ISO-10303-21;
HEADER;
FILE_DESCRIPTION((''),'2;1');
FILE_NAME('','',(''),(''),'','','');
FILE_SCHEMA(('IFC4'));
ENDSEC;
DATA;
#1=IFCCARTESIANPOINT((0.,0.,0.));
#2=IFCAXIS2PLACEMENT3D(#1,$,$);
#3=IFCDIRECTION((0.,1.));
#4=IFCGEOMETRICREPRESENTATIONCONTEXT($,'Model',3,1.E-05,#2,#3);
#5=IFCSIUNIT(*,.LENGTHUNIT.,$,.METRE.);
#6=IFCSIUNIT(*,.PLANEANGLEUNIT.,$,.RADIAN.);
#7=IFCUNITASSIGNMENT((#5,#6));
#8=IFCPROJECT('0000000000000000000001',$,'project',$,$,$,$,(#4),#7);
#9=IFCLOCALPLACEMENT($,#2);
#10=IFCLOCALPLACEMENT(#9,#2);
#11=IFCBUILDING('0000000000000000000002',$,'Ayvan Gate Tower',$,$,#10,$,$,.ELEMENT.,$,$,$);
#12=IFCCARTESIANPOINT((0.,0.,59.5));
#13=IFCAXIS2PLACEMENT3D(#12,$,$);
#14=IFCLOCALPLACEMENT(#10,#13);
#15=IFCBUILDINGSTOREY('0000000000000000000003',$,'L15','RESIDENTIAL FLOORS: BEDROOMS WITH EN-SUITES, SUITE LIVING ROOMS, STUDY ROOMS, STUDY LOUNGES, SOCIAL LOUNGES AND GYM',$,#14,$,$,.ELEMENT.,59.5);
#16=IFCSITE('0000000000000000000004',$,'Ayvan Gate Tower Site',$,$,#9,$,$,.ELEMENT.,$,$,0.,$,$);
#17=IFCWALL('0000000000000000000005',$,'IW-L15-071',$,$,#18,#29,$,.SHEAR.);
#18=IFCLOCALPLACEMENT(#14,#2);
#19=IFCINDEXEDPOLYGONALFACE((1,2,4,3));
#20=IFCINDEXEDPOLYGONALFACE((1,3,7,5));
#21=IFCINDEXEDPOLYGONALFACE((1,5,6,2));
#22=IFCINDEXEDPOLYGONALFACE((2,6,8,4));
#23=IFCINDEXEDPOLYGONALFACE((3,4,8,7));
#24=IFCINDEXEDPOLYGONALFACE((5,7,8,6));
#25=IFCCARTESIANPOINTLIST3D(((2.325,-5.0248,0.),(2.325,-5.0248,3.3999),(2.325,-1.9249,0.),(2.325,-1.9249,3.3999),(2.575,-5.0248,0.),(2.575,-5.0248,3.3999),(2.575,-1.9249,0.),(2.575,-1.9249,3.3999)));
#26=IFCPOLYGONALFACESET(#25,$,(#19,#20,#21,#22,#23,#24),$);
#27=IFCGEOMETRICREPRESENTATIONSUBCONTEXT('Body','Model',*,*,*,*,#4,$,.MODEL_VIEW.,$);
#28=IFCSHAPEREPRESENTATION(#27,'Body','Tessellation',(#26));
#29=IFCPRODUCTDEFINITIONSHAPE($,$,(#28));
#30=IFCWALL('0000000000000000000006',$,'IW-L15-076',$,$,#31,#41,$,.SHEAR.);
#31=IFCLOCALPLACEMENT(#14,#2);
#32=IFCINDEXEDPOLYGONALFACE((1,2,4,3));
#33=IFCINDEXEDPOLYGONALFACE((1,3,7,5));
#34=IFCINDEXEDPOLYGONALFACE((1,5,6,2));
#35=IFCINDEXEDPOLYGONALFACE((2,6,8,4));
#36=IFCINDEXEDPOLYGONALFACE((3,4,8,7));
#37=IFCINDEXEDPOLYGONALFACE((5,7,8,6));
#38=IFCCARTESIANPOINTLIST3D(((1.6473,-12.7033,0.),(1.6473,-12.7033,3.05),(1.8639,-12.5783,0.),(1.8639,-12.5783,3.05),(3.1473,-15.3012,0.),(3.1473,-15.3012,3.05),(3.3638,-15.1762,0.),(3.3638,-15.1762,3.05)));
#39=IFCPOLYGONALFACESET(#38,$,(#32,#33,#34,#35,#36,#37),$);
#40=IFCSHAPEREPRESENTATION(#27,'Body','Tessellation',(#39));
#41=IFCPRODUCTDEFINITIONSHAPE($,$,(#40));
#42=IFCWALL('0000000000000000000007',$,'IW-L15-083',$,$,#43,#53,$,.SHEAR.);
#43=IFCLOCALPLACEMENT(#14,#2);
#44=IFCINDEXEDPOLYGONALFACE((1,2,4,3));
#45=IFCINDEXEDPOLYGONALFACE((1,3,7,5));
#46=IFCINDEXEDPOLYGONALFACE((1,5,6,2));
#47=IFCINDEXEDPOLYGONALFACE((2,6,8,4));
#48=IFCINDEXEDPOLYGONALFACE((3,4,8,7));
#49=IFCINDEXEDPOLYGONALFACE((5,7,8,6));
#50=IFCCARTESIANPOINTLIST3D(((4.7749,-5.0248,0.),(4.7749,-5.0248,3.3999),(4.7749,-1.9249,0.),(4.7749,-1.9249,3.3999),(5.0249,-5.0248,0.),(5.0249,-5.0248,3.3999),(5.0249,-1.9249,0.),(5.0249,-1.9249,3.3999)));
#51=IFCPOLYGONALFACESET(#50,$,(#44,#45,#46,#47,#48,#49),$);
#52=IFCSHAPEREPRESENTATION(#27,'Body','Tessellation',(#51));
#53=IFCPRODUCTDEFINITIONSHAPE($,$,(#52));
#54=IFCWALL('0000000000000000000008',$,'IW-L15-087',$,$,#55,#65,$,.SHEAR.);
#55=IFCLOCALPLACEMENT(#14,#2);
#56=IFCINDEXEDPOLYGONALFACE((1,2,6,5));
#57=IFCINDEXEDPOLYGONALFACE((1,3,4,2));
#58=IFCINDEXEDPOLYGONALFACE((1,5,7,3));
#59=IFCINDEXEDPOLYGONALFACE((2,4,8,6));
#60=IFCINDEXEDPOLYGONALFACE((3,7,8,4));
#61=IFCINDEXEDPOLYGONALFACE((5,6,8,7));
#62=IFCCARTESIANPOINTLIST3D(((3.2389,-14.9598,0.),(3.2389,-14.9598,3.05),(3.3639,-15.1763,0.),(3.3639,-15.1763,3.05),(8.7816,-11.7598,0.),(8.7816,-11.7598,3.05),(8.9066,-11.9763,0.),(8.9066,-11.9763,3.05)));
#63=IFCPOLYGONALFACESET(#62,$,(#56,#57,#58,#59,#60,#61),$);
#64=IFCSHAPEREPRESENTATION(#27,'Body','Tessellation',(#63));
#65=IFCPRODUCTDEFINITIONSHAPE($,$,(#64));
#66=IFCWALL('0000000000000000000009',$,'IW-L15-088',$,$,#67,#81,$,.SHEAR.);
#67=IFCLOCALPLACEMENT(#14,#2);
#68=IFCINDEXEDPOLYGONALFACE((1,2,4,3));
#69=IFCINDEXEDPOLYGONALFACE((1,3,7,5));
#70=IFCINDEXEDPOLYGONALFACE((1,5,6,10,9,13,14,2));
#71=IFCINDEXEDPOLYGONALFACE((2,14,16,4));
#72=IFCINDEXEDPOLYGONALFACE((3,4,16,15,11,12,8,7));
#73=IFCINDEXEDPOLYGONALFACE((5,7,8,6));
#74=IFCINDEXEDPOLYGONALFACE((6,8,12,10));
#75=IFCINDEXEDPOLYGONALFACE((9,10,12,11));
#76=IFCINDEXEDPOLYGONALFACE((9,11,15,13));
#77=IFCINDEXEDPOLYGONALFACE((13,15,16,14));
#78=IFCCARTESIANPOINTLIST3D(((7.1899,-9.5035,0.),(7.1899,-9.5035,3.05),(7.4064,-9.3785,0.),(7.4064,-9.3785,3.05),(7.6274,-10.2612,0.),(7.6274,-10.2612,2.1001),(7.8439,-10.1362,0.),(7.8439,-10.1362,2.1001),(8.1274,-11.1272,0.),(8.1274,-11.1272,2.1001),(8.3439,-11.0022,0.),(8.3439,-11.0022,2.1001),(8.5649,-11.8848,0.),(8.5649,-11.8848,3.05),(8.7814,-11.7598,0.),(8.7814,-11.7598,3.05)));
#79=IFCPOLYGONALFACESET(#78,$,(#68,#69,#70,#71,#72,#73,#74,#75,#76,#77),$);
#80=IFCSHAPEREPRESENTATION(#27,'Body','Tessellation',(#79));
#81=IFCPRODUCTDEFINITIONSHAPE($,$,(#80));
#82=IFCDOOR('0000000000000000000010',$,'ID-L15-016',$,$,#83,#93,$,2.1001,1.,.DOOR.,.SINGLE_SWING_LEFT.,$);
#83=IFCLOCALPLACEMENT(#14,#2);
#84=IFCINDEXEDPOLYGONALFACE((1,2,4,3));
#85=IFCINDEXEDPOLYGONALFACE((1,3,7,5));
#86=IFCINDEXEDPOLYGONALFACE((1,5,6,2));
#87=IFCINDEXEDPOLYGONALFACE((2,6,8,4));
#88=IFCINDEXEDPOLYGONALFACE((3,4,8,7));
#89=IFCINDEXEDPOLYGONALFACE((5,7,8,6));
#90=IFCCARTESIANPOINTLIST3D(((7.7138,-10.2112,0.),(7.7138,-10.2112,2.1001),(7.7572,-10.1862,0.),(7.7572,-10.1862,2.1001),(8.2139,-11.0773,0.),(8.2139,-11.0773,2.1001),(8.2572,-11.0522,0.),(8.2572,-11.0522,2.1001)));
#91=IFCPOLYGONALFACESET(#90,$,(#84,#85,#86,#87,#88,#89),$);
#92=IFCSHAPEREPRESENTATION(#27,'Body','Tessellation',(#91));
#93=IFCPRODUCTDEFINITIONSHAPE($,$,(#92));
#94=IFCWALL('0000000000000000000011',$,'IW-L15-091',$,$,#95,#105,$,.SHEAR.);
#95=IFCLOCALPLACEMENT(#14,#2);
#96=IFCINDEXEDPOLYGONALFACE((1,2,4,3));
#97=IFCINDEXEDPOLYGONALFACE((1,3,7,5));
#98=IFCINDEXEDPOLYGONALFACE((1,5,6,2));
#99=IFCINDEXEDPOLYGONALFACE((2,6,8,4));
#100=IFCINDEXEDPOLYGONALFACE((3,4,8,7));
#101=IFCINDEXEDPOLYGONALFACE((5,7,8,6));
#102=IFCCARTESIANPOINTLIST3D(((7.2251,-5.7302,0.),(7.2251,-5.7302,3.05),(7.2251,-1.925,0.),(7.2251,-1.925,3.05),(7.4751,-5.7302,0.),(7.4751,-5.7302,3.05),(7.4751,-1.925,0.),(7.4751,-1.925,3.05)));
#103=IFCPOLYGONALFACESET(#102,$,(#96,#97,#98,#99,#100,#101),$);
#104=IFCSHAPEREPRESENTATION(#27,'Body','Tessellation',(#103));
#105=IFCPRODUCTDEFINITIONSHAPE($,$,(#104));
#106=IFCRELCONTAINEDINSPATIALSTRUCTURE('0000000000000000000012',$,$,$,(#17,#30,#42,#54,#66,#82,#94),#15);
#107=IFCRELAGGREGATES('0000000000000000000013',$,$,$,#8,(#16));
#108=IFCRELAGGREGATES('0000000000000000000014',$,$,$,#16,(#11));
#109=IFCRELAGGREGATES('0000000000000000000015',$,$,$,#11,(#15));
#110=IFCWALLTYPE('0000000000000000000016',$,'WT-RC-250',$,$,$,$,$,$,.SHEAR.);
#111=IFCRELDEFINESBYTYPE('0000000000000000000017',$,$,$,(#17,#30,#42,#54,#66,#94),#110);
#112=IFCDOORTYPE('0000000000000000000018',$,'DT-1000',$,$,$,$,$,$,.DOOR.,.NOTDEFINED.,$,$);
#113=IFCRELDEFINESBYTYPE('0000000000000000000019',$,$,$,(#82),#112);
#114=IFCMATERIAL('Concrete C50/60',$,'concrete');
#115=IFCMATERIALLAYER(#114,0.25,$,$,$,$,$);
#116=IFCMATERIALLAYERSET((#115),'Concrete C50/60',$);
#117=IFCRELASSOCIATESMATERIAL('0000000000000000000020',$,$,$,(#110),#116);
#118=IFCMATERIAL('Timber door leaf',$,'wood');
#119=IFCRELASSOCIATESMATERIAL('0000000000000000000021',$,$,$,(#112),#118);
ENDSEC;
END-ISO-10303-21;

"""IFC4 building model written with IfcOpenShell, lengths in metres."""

from ifc_helpers import new_model, si_unit, direction, frame, frame_2d, origin, place, context, subcontext, project, spatial, rectangle, extrude, material, layer, layer_set, type_object, element, fill, save


model = new_model("IFC4")

# Units and contexts
model_context = context("Model", 3, precision=1e-05, world=origin(), true_north=direction((0.0, 1.0)))
body_context = subcontext(model_context, "Body", "Model", "MODEL_VIEW")
ifc_project = project(units=[si_unit("LENGTHUNIT", "METRE"), si_unit("PLANEANGLEUNIT", "RADIAN")], contexts=[model_context])

# Site, building, storey
site_placement = place(None, origin())
site = spatial("IfcSite", under=ifc_project, at=site_placement, Name="Ayvan Gate Tower Site", CompositionType="ELEMENT", RefElevation=0.0)
building_placement = place(site_placement, origin())
building = spatial("IfcBuilding", under=site, at=building_placement, Name="Ayvan Gate Tower", CompositionType="ELEMENT")
storey_placement = place(building_placement, frame((0.0, 0.0, 59.5)))
storey = spatial("IfcBuildingStorey", under=building, at=storey_placement, Name="L15", Description="RESIDENTIAL FLOORS: BEDROOMS WITH EN-SUITES, SUITE LIVING ROOMS, STUDY ROOMS, STUDY LOUNGES, SOCIAL LOUNGES AND GYM", CompositionType="ELEMENT", Elevation=59.5)

# Shared definitions
ifc_material_1 = material(Name="Timber door leaf", Category="wood")

# Shared definitions
ifc_material_2 = material(Name="Concrete C50/60", Category="concrete")
ifc_layer_1 = layer(ifc_material_2, 0.25)
ifc_layer_set_1 = layer_set([ifc_layer_1], Name="Concrete C50/60")
wall_type_1 = type_object("IfcWallType", Name="WT-RC-250", PredefinedType="SHEAR", material=ifc_layer_set_1)

# Shared definitions
door_type_1 = type_object("IfcDoorType", Name="DT-1000", OperationType="NOTDEFINED", PredefinedType="DOOR", material=ifc_material_1)

# Walls
wall_1_placement = place(storey_placement, frame((2.45, -1.925, 0.0), z_axis=(0.0, 0.0, 1.0), x_axis=(0.0, -1.0, 0.0)))
element("IfcWall", 1, at=wall_1_placement, inside=storey, type_object=wall_type_1, Name="IW-L15-071", PredefinedType="SHEAR", context=body_context, shape_type="SweptSolid", body=[
    extrude(rectangle(XDim=3.0999, YDim=0.25, at=frame_2d((1.5498, 0.0))), origin(), (0.0, 0.0, 1.0), 3.3999),
])
wall_2_placement = place(storey_placement, frame((3.2556, -15.2388, 0.0), z_axis=(0.0, 0.0, 1.0), x_axis=(-0.500025, 0.866011, 0.0)))
element("IfcWall", 2, at=wall_2_placement, inside=storey, type_object=wall_type_1, Name="IW-L15-076", PredefinedType="SHEAR", context=body_context, shape_type="SweptSolid", body=[
    extrude(rectangle(XDim=2.9998, YDim=0.25, at=frame_2d((1.5, 0.0))), origin(), (0.0, 0.0, 1.0), 3.05),
])
wall_3_placement = place(storey_placement, frame((4.8999, -1.925, 0.0), z_axis=(0.0, 0.0, 1.0), x_axis=(0.0, -1.0, 0.0)))
element("IfcWall", 3, at=wall_3_placement, inside=storey, type_object=wall_type_1, Name="IW-L15-083", PredefinedType="SHEAR", context=body_context, shape_type="SweptSolid", body=[
    extrude(rectangle(XDim=3.0999, YDim=0.25, at=frame_2d((1.5498, 0.0))), origin(), (0.0, 0.0, 1.0), 3.3999),
])
wall_4_placement = place(storey_placement, frame((3.3013, -15.0681, 0.0), z_axis=(0.0, 0.0, 1.0), x_axis=(0.866035, 0.499983, 0.0)))
element("IfcWall", 4, at=wall_4_placement, inside=storey, type_object=wall_type_1, Name="IW-L15-087", PredefinedType="SHEAR", context=body_context, shape_type="SweptSolid", body=[
    extrude(rectangle(XDim=6.4001, YDim=0.25, at=frame_2d((3.2002, 0.0))), origin(), (0.0, 0.0, 1.0), 3.05),
])

# Wall, opening, door
wall_5_placement = place(storey_placement, frame((7.2981, -9.4409, 0.0), z_axis=(0.0, 0.0, 1.0), x_axis=(0.500035, -0.866005, 0.0)))
wall_5 = element("IfcWall", 5, at=wall_5_placement, inside=storey, type_object=wall_type_1, Name="IW-L15-088", PredefinedType="SHEAR", context=body_context, shape_type="SweptSolid", body=[
    extrude(rectangle(XDim=2.7498, YDim=0.25, at=frame_2d((1.375, 0.0))), origin(), (0.0, 0.0, 1.0), 3.05),
])
opening_1_placement = place(wall_5_placement, frame((0.875, 0.0, 0.0)))
opening_1 = element("IfcOpeningElement", 6, at=opening_1_placement, cuts=wall_5, PredefinedType="OPENING", context=body_context, shape_type="SweptSolid", body=[
    extrude(rectangle(XDim=1.0, YDim=2.1001, at=frame_2d((0.5, 1.05))), frame((0.0, 0.135, 0.0), z_axis=(0.0, -1.0, 0.0), x_axis=(1.0, 0.0, 0.0)), (0.0, 0.0, 1.0), 0.27),
])
door_1_placement = place(opening_1_placement, origin())
door_1 = element("IfcDoor", 7, at=door_1_placement, inside=storey, type_object=door_type_1, Name="ID-L15-016", OperationType="SINGLE_SWING_LEFT", OverallHeight=2.1001, OverallWidth=1.0, PredefinedType="DOOR", context=body_context, shape_type="SweptSolid", body=[
    extrude(rectangle(XDim=1.0, YDim=2.1001, at=frame_2d((0.5, 1.05))), frame((0.0, 0.0249, 0.0), z_axis=(0.0, -1.0, 0.0), x_axis=(1.0, 0.0, 0.0)), (0.0, 0.0, 1.0), 0.05),
])
fill(opening_1, door_1)

# Wall
wall_6_placement = place(storey_placement, frame((7.3501, -1.925, 0.0), z_axis=(0.0, 0.0, 1.0), x_axis=(0.0, -1.0, 0.0)))
element("IfcWall", 8, at=wall_6_placement, inside=storey, type_object=wall_type_1, Name="IW-L15-091", PredefinedType="SHEAR", context=body_context, shape_type="SweptSolid", body=[
    extrude(rectangle(XDim=3.8052, YDim=0.25, at=frame_2d((1.9026, 0.0))), origin(), (0.0, 0.0, 1.0), 3.05),
])

save(model, "model.ifc")
